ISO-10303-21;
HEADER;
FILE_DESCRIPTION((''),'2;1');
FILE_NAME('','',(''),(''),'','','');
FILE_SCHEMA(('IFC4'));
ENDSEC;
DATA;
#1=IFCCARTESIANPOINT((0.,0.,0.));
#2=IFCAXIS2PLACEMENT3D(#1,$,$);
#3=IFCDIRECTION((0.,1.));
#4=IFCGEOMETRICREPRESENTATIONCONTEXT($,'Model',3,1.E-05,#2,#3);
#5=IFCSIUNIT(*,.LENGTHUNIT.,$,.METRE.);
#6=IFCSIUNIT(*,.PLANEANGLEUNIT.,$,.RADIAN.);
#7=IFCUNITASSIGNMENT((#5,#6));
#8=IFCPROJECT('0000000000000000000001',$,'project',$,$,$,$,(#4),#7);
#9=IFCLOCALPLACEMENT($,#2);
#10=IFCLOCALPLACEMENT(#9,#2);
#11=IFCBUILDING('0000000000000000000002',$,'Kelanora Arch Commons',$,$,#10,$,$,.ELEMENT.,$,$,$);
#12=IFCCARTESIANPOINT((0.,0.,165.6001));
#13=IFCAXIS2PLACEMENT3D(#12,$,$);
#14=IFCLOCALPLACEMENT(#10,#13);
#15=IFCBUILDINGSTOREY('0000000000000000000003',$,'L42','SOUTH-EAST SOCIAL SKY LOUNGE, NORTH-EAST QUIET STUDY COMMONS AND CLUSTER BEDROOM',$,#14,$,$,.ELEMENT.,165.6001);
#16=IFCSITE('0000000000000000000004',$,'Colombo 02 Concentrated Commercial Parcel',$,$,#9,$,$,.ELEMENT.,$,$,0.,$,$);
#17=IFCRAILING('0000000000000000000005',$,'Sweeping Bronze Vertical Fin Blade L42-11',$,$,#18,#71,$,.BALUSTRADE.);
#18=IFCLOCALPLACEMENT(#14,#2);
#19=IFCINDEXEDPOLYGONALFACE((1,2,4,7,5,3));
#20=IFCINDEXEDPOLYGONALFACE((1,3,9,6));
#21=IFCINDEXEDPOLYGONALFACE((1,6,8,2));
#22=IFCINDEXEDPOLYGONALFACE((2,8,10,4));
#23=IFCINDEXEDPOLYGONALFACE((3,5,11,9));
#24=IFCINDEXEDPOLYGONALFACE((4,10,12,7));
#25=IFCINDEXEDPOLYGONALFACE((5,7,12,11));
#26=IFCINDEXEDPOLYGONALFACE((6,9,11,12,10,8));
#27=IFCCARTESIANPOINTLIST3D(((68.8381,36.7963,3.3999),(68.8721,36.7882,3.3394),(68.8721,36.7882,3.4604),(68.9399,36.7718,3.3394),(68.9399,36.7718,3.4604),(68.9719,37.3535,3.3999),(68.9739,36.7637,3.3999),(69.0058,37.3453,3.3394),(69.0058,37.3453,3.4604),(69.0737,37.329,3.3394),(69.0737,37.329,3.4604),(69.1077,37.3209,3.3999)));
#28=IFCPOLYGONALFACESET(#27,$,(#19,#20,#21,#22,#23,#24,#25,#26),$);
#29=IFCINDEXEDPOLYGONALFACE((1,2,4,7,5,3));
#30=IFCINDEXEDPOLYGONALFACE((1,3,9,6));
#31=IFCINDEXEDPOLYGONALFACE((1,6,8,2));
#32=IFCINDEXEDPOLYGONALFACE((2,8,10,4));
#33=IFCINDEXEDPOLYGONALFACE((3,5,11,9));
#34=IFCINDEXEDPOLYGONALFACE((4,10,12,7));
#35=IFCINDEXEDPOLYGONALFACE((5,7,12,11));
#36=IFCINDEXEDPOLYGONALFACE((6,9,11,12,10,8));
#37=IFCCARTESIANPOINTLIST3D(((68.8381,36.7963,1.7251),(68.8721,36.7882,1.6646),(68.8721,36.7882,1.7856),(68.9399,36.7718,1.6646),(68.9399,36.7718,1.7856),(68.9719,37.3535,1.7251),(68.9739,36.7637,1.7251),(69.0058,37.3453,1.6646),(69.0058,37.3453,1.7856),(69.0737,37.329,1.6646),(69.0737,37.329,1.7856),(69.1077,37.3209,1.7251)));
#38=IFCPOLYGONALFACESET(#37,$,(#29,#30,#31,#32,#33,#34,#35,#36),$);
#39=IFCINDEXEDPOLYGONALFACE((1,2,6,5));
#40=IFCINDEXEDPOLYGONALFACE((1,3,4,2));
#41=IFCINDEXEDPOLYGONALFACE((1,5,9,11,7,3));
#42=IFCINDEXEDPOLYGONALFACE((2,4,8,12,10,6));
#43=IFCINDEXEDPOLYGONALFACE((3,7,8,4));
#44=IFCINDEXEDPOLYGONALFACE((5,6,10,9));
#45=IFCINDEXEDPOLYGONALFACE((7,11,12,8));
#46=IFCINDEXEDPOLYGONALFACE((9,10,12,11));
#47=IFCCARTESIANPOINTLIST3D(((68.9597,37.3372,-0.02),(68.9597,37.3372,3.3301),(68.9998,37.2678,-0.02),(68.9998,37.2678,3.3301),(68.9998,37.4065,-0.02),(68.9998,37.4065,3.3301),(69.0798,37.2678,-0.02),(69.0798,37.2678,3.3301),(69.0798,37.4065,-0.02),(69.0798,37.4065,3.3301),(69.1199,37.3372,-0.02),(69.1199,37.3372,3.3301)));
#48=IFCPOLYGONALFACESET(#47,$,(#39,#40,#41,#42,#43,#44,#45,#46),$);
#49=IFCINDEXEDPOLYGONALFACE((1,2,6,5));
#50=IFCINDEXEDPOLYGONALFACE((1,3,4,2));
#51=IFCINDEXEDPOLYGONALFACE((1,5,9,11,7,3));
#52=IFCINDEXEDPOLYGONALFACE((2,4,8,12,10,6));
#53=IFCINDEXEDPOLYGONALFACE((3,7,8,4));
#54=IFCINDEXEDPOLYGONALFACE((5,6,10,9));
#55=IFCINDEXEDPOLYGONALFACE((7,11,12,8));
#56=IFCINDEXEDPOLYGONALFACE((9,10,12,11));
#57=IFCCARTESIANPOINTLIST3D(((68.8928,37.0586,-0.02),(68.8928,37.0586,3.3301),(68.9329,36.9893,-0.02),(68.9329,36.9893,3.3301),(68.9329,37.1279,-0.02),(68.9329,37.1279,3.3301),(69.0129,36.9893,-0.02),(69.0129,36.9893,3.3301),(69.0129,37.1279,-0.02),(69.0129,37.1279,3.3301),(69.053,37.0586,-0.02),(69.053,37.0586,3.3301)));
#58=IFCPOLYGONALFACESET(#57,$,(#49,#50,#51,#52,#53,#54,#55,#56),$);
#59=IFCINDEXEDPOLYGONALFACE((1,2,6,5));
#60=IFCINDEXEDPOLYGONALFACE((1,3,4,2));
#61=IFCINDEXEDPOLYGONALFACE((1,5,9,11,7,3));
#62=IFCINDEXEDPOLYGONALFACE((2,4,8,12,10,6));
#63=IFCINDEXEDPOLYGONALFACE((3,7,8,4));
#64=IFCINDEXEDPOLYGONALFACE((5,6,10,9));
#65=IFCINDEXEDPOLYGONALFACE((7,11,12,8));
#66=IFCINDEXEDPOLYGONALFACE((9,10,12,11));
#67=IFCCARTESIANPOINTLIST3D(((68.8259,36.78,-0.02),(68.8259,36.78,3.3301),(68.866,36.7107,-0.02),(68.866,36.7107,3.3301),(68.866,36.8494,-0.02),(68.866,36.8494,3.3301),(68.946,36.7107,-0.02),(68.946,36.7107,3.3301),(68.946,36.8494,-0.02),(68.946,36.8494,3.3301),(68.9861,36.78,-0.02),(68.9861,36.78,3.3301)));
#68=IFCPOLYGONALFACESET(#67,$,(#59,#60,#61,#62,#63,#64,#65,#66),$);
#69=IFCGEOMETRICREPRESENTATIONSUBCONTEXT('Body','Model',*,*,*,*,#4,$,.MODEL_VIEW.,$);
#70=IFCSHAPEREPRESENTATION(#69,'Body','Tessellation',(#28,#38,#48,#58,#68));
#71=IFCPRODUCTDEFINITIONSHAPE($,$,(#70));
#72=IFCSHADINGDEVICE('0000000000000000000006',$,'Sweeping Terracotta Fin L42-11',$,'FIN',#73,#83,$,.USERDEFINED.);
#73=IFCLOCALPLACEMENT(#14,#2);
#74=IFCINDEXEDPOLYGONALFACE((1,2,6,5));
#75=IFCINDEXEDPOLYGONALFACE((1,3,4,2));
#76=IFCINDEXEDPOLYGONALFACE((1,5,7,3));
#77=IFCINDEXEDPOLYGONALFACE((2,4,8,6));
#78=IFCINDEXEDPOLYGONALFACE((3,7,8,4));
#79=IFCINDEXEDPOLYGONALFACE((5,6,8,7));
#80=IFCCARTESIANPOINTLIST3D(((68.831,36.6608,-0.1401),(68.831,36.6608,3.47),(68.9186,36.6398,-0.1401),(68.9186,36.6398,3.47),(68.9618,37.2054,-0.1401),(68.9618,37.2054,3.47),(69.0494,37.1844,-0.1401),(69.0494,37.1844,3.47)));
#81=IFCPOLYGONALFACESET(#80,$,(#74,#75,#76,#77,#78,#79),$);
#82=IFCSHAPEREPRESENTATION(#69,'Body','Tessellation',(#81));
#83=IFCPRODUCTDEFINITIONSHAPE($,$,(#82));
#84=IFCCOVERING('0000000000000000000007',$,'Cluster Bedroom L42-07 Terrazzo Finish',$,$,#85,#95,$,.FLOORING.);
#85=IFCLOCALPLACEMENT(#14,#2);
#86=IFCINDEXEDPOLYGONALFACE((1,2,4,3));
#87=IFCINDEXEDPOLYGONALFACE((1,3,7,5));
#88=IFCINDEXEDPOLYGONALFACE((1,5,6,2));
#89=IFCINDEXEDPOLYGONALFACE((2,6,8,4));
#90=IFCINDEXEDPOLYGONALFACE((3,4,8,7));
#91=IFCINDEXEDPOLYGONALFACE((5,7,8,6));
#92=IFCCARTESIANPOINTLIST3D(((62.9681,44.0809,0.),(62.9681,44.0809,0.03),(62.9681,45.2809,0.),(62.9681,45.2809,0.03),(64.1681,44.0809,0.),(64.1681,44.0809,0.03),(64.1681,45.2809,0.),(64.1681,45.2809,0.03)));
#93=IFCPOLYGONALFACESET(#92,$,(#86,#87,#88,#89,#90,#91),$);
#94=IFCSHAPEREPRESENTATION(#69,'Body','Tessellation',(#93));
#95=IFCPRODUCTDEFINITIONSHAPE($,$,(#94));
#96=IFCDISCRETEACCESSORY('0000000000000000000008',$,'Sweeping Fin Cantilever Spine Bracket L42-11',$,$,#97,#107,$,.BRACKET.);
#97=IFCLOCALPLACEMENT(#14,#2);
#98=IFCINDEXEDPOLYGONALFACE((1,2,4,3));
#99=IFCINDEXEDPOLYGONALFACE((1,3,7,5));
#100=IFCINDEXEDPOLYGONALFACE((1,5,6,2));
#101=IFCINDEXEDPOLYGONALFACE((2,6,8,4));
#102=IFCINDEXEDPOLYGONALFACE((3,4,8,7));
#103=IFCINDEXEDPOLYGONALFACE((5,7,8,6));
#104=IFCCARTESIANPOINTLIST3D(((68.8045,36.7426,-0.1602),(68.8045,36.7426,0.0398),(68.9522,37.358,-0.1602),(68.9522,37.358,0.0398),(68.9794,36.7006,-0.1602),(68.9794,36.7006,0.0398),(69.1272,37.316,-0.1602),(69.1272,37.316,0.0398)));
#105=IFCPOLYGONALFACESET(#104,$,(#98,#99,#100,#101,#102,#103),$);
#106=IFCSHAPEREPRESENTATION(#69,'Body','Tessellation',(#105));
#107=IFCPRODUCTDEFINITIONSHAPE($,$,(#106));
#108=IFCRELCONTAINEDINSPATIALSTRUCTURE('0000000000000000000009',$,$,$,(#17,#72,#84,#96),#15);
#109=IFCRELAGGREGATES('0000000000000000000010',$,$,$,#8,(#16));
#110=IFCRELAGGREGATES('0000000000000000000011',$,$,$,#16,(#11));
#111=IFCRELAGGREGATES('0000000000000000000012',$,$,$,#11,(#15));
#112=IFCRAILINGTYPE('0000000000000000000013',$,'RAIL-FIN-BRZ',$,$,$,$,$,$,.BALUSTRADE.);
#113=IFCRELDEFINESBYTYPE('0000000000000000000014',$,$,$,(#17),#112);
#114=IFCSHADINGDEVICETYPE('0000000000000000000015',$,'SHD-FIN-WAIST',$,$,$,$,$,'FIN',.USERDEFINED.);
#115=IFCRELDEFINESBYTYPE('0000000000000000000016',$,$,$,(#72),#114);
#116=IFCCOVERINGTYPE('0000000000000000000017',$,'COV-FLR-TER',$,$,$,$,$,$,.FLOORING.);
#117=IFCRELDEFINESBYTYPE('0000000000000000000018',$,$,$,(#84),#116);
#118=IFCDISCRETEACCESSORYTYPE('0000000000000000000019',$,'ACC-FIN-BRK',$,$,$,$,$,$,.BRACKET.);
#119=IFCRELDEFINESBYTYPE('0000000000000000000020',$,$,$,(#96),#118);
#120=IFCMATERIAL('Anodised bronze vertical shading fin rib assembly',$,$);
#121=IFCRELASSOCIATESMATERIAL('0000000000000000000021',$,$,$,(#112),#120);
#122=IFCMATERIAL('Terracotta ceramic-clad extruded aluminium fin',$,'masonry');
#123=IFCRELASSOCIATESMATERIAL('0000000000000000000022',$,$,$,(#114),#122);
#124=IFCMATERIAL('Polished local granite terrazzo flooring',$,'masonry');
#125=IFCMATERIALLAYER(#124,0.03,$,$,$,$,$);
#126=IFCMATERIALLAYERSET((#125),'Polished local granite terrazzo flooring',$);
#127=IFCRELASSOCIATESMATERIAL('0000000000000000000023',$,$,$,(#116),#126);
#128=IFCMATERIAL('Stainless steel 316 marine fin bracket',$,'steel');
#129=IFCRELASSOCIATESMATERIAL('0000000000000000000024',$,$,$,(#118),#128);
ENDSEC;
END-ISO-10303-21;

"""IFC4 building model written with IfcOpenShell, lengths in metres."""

from ifc_helpers import new_model, si_unit, direction, frame, origin, origin_2d, place, context, subcontext, project, spatial, polyline, rectangle, outline, extrude, source, transform, mapped, material, layer, layer_set, type_object, element, save


model = new_model("IFC4")

# Units and contexts
model_context = context("Model", 3, precision=1e-05, world=origin(), true_north=direction((0.0, 1.0)))
body_context = subcontext(model_context, "Body", "Model", "MODEL_VIEW")
ifc_project = project(units=[si_unit("LENGTHUNIT", "METRE"), si_unit("PLANEANGLEUNIT", "RADIAN")], contexts=[model_context])

# Site, building, storey
site_placement = place(None, origin())
site = spatial("IfcSite", under=ifc_project, at=site_placement, Name="Colombo 02 Concentrated Commercial Parcel", CompositionType="ELEMENT", RefElevation=0.0)
building_placement = place(site_placement, origin())
building = spatial("IfcBuilding", under=site, at=building_placement, Name="Kelanora Arch Commons", CompositionType="ELEMENT")
storey_placement = place(building_placement, frame((0.0, 0.0, 165.6001)))
storey = spatial("IfcBuildingStorey", under=building, at=storey_placement, Name="L42", Description="SOUTH-EAST SOCIAL SKY LOUNGE, NORTH-EAST QUIET STUDY COMMONS AND CLUSTER BEDROOM", CompositionType="ELEMENT", Elevation=165.6001)

# Railing
ifc_material_1 = material(Name="Anodised bronze vertical shading fin rib assembly")
railing_type = type_object("IfcRailingType", Name="RAIL-FIN-BRZ", PredefinedType="BALUSTRADE", material=ifc_material_1)
railing_1_placement = place(storey_placement, frame((69.0398, 37.3372, -0.02)))
element("IfcRailing", 1, at=railing_1_placement, inside=storey, type_object=railing_type, Name="Sweeping Bronze Vertical Fin Blade L42-11", PredefinedType="BALUSTRADE", context=body_context, shape_type="SweptSolid", body=[
    extrude(outline(polyline([(0.0698, 0.0), (0.0349, 0.0605), (-0.0349, 0.0605), (-0.0698, 0.0), (-0.0349, -0.0605), (0.0349, -0.0605), (0.0698, 0.0)])), frame((0.0, 0.0, 3.4199), z_axis=(-0.233502, -0.972356, 0.0), x_axis=(0.972356, -0.233502, 0.0)), (0.0, 0.0, 1.0), 0.573),
    extrude(outline(polyline([(0.0698, 0.0), (0.0349, 0.0605), (-0.0349, 0.0605), (-0.0698, 0.0), (-0.0349, -0.0605), (0.0349, -0.0605), (0.0698, 0.0)])), frame((0.0, 0.0, 1.7451), z_axis=(-0.233502, -0.972356, 0.0), x_axis=(0.972356, -0.233502, 0.0)), (0.0, 0.0, 1.0), 0.573),
    extrude(outline(polyline([(0.0801, 0.0), (0.04, 0.0693), (-0.04, 0.0693), (-0.0801, 0.0), (-0.04, -0.0693), (0.04, -0.0693), (0.0801, 0.0)])), origin(), (0.0, 0.0, 1.0), 3.3501),
    extrude(outline(polyline([(0.0801, 0.0), (0.04, 0.0693), (-0.04, 0.0693), (-0.0801, 0.0), (-0.04, -0.0693), (0.04, -0.0693), (0.0801, 0.0)])), frame((-0.0669, -0.2786, 0.0)), (0.0, 0.0, 1.0), 3.3501),
    extrude(outline(polyline([(0.0801, 0.0), (0.04, 0.0693), (-0.04, 0.0693), (-0.0801, 0.0), (-0.04, -0.0693), (0.04, -0.0693), (0.0801, 0.0)])), frame((-0.1338, -0.5571, 0.0)), (0.0, 0.0, 1.0), 3.3501),
])

# Shading device
ifc_material_2 = material(Name="Terracotta ceramic-clad extruded aluminium fin", Category="masonry")
shading_device_type = type_object("IfcShadingDeviceType", Name="SHD-FIN-WAIST", ElementType="FIN", PredefinedType="USERDEFINED", material=ifc_material_2)
shared_shape_1 = source(origin(), body_context, "Body", "SweptSolid", [
    extrude(rectangle(XDim=0.5601, YDim=0.0901, at=origin_2d()), origin(), (0.0, 0.0, 1.0), 3.6101),
])
shading_device_placement = place(storey_placement, frame((68.9402, 36.9226, -0.1401), z_axis=(0.0, 0.0, 1.0), x_axis=(-0.233445, -0.97237, 0.0)))
element("IfcShadingDevice", 2, at=shading_device_placement, inside=storey, type_object=shading_device_type, Name="Sweeping Terracotta Fin L42-11", ObjectType="FIN", PredefinedType="USERDEFINED", context=body_context, shape_type="MappedRepresentation", body=[
    mapped(shared_shape_1, transform((0.0, 0.0, 0.0), scale=1.0)),
])

# Covering
ifc_material_3 = material(Name="Polished local granite terrazzo flooring", Category="masonry")
ifc_layer_1 = layer(ifc_material_3, 0.03)
ifc_layer_set_1 = layer_set([ifc_layer_1], Name="Polished local granite terrazzo flooring")
covering_type = type_object("IfcCoveringType", Name="COV-FLR-TER", PredefinedType="FLOORING", material=ifc_layer_set_1)
shared_shape_2 = source(origin(), body_context, "Body", "SweptSolid", [
    extrude(rectangle(XDim=1.2, YDim=1.2, at=origin_2d()), origin(), (0.0, 0.0, 1.0), 0.03),
])
covering_placement = place(storey_placement, frame((63.5681, 44.6809, 0.0), z_axis=(0.0, 0.0, 1.0), x_axis=(1.0, 0.0, 0.0)))
element("IfcCovering", 3, at=covering_placement, inside=storey, type_object=covering_type, Name="Cluster Bedroom L42-07 Terrazzo Finish", PredefinedType="FLOORING", context=body_context, shape_type="MappedRepresentation", body=[
    mapped(shared_shape_2, transform((0.0, 0.0, 0.0), scale=1.0)),
])

# Discrete accessory
ifc_material_4 = material(Name="Stainless steel 316 marine fin bracket", Category="steel")
discrete_accessory_type = type_object("IfcDiscreteAccessoryType", Name="ACC-FIN-BRK", PredefinedType="BRACKET", material=ifc_material_4)
shared_shape_3 = source(origin(), body_context, "Body", "SweptSolid", [
    extrude(rectangle(XDim=0.6328, YDim=0.1799, at=origin_2d()), origin(), (0.0, 0.0, 1.0), 0.2),
])
discrete_accessory_placement = place(storey_placement, frame((68.9658, 37.0293, -0.1602), z_axis=(0.0, 0.0, 1.0), x_axis=(-0.233445, -0.97237, 0.0)))
element("IfcDiscreteAccessory", 4, at=discrete_accessory_placement, inside=storey, type_object=discrete_accessory_type, Name="Sweeping Fin Cantilever Spine Bracket L42-11", PredefinedType="BRACKET", context=body_context, shape_type="MappedRepresentation", body=[
    mapped(shared_shape_3, transform((0.0, 0.0, 0.0), scale=1.0)),
])

save(model, "model.ifc")
